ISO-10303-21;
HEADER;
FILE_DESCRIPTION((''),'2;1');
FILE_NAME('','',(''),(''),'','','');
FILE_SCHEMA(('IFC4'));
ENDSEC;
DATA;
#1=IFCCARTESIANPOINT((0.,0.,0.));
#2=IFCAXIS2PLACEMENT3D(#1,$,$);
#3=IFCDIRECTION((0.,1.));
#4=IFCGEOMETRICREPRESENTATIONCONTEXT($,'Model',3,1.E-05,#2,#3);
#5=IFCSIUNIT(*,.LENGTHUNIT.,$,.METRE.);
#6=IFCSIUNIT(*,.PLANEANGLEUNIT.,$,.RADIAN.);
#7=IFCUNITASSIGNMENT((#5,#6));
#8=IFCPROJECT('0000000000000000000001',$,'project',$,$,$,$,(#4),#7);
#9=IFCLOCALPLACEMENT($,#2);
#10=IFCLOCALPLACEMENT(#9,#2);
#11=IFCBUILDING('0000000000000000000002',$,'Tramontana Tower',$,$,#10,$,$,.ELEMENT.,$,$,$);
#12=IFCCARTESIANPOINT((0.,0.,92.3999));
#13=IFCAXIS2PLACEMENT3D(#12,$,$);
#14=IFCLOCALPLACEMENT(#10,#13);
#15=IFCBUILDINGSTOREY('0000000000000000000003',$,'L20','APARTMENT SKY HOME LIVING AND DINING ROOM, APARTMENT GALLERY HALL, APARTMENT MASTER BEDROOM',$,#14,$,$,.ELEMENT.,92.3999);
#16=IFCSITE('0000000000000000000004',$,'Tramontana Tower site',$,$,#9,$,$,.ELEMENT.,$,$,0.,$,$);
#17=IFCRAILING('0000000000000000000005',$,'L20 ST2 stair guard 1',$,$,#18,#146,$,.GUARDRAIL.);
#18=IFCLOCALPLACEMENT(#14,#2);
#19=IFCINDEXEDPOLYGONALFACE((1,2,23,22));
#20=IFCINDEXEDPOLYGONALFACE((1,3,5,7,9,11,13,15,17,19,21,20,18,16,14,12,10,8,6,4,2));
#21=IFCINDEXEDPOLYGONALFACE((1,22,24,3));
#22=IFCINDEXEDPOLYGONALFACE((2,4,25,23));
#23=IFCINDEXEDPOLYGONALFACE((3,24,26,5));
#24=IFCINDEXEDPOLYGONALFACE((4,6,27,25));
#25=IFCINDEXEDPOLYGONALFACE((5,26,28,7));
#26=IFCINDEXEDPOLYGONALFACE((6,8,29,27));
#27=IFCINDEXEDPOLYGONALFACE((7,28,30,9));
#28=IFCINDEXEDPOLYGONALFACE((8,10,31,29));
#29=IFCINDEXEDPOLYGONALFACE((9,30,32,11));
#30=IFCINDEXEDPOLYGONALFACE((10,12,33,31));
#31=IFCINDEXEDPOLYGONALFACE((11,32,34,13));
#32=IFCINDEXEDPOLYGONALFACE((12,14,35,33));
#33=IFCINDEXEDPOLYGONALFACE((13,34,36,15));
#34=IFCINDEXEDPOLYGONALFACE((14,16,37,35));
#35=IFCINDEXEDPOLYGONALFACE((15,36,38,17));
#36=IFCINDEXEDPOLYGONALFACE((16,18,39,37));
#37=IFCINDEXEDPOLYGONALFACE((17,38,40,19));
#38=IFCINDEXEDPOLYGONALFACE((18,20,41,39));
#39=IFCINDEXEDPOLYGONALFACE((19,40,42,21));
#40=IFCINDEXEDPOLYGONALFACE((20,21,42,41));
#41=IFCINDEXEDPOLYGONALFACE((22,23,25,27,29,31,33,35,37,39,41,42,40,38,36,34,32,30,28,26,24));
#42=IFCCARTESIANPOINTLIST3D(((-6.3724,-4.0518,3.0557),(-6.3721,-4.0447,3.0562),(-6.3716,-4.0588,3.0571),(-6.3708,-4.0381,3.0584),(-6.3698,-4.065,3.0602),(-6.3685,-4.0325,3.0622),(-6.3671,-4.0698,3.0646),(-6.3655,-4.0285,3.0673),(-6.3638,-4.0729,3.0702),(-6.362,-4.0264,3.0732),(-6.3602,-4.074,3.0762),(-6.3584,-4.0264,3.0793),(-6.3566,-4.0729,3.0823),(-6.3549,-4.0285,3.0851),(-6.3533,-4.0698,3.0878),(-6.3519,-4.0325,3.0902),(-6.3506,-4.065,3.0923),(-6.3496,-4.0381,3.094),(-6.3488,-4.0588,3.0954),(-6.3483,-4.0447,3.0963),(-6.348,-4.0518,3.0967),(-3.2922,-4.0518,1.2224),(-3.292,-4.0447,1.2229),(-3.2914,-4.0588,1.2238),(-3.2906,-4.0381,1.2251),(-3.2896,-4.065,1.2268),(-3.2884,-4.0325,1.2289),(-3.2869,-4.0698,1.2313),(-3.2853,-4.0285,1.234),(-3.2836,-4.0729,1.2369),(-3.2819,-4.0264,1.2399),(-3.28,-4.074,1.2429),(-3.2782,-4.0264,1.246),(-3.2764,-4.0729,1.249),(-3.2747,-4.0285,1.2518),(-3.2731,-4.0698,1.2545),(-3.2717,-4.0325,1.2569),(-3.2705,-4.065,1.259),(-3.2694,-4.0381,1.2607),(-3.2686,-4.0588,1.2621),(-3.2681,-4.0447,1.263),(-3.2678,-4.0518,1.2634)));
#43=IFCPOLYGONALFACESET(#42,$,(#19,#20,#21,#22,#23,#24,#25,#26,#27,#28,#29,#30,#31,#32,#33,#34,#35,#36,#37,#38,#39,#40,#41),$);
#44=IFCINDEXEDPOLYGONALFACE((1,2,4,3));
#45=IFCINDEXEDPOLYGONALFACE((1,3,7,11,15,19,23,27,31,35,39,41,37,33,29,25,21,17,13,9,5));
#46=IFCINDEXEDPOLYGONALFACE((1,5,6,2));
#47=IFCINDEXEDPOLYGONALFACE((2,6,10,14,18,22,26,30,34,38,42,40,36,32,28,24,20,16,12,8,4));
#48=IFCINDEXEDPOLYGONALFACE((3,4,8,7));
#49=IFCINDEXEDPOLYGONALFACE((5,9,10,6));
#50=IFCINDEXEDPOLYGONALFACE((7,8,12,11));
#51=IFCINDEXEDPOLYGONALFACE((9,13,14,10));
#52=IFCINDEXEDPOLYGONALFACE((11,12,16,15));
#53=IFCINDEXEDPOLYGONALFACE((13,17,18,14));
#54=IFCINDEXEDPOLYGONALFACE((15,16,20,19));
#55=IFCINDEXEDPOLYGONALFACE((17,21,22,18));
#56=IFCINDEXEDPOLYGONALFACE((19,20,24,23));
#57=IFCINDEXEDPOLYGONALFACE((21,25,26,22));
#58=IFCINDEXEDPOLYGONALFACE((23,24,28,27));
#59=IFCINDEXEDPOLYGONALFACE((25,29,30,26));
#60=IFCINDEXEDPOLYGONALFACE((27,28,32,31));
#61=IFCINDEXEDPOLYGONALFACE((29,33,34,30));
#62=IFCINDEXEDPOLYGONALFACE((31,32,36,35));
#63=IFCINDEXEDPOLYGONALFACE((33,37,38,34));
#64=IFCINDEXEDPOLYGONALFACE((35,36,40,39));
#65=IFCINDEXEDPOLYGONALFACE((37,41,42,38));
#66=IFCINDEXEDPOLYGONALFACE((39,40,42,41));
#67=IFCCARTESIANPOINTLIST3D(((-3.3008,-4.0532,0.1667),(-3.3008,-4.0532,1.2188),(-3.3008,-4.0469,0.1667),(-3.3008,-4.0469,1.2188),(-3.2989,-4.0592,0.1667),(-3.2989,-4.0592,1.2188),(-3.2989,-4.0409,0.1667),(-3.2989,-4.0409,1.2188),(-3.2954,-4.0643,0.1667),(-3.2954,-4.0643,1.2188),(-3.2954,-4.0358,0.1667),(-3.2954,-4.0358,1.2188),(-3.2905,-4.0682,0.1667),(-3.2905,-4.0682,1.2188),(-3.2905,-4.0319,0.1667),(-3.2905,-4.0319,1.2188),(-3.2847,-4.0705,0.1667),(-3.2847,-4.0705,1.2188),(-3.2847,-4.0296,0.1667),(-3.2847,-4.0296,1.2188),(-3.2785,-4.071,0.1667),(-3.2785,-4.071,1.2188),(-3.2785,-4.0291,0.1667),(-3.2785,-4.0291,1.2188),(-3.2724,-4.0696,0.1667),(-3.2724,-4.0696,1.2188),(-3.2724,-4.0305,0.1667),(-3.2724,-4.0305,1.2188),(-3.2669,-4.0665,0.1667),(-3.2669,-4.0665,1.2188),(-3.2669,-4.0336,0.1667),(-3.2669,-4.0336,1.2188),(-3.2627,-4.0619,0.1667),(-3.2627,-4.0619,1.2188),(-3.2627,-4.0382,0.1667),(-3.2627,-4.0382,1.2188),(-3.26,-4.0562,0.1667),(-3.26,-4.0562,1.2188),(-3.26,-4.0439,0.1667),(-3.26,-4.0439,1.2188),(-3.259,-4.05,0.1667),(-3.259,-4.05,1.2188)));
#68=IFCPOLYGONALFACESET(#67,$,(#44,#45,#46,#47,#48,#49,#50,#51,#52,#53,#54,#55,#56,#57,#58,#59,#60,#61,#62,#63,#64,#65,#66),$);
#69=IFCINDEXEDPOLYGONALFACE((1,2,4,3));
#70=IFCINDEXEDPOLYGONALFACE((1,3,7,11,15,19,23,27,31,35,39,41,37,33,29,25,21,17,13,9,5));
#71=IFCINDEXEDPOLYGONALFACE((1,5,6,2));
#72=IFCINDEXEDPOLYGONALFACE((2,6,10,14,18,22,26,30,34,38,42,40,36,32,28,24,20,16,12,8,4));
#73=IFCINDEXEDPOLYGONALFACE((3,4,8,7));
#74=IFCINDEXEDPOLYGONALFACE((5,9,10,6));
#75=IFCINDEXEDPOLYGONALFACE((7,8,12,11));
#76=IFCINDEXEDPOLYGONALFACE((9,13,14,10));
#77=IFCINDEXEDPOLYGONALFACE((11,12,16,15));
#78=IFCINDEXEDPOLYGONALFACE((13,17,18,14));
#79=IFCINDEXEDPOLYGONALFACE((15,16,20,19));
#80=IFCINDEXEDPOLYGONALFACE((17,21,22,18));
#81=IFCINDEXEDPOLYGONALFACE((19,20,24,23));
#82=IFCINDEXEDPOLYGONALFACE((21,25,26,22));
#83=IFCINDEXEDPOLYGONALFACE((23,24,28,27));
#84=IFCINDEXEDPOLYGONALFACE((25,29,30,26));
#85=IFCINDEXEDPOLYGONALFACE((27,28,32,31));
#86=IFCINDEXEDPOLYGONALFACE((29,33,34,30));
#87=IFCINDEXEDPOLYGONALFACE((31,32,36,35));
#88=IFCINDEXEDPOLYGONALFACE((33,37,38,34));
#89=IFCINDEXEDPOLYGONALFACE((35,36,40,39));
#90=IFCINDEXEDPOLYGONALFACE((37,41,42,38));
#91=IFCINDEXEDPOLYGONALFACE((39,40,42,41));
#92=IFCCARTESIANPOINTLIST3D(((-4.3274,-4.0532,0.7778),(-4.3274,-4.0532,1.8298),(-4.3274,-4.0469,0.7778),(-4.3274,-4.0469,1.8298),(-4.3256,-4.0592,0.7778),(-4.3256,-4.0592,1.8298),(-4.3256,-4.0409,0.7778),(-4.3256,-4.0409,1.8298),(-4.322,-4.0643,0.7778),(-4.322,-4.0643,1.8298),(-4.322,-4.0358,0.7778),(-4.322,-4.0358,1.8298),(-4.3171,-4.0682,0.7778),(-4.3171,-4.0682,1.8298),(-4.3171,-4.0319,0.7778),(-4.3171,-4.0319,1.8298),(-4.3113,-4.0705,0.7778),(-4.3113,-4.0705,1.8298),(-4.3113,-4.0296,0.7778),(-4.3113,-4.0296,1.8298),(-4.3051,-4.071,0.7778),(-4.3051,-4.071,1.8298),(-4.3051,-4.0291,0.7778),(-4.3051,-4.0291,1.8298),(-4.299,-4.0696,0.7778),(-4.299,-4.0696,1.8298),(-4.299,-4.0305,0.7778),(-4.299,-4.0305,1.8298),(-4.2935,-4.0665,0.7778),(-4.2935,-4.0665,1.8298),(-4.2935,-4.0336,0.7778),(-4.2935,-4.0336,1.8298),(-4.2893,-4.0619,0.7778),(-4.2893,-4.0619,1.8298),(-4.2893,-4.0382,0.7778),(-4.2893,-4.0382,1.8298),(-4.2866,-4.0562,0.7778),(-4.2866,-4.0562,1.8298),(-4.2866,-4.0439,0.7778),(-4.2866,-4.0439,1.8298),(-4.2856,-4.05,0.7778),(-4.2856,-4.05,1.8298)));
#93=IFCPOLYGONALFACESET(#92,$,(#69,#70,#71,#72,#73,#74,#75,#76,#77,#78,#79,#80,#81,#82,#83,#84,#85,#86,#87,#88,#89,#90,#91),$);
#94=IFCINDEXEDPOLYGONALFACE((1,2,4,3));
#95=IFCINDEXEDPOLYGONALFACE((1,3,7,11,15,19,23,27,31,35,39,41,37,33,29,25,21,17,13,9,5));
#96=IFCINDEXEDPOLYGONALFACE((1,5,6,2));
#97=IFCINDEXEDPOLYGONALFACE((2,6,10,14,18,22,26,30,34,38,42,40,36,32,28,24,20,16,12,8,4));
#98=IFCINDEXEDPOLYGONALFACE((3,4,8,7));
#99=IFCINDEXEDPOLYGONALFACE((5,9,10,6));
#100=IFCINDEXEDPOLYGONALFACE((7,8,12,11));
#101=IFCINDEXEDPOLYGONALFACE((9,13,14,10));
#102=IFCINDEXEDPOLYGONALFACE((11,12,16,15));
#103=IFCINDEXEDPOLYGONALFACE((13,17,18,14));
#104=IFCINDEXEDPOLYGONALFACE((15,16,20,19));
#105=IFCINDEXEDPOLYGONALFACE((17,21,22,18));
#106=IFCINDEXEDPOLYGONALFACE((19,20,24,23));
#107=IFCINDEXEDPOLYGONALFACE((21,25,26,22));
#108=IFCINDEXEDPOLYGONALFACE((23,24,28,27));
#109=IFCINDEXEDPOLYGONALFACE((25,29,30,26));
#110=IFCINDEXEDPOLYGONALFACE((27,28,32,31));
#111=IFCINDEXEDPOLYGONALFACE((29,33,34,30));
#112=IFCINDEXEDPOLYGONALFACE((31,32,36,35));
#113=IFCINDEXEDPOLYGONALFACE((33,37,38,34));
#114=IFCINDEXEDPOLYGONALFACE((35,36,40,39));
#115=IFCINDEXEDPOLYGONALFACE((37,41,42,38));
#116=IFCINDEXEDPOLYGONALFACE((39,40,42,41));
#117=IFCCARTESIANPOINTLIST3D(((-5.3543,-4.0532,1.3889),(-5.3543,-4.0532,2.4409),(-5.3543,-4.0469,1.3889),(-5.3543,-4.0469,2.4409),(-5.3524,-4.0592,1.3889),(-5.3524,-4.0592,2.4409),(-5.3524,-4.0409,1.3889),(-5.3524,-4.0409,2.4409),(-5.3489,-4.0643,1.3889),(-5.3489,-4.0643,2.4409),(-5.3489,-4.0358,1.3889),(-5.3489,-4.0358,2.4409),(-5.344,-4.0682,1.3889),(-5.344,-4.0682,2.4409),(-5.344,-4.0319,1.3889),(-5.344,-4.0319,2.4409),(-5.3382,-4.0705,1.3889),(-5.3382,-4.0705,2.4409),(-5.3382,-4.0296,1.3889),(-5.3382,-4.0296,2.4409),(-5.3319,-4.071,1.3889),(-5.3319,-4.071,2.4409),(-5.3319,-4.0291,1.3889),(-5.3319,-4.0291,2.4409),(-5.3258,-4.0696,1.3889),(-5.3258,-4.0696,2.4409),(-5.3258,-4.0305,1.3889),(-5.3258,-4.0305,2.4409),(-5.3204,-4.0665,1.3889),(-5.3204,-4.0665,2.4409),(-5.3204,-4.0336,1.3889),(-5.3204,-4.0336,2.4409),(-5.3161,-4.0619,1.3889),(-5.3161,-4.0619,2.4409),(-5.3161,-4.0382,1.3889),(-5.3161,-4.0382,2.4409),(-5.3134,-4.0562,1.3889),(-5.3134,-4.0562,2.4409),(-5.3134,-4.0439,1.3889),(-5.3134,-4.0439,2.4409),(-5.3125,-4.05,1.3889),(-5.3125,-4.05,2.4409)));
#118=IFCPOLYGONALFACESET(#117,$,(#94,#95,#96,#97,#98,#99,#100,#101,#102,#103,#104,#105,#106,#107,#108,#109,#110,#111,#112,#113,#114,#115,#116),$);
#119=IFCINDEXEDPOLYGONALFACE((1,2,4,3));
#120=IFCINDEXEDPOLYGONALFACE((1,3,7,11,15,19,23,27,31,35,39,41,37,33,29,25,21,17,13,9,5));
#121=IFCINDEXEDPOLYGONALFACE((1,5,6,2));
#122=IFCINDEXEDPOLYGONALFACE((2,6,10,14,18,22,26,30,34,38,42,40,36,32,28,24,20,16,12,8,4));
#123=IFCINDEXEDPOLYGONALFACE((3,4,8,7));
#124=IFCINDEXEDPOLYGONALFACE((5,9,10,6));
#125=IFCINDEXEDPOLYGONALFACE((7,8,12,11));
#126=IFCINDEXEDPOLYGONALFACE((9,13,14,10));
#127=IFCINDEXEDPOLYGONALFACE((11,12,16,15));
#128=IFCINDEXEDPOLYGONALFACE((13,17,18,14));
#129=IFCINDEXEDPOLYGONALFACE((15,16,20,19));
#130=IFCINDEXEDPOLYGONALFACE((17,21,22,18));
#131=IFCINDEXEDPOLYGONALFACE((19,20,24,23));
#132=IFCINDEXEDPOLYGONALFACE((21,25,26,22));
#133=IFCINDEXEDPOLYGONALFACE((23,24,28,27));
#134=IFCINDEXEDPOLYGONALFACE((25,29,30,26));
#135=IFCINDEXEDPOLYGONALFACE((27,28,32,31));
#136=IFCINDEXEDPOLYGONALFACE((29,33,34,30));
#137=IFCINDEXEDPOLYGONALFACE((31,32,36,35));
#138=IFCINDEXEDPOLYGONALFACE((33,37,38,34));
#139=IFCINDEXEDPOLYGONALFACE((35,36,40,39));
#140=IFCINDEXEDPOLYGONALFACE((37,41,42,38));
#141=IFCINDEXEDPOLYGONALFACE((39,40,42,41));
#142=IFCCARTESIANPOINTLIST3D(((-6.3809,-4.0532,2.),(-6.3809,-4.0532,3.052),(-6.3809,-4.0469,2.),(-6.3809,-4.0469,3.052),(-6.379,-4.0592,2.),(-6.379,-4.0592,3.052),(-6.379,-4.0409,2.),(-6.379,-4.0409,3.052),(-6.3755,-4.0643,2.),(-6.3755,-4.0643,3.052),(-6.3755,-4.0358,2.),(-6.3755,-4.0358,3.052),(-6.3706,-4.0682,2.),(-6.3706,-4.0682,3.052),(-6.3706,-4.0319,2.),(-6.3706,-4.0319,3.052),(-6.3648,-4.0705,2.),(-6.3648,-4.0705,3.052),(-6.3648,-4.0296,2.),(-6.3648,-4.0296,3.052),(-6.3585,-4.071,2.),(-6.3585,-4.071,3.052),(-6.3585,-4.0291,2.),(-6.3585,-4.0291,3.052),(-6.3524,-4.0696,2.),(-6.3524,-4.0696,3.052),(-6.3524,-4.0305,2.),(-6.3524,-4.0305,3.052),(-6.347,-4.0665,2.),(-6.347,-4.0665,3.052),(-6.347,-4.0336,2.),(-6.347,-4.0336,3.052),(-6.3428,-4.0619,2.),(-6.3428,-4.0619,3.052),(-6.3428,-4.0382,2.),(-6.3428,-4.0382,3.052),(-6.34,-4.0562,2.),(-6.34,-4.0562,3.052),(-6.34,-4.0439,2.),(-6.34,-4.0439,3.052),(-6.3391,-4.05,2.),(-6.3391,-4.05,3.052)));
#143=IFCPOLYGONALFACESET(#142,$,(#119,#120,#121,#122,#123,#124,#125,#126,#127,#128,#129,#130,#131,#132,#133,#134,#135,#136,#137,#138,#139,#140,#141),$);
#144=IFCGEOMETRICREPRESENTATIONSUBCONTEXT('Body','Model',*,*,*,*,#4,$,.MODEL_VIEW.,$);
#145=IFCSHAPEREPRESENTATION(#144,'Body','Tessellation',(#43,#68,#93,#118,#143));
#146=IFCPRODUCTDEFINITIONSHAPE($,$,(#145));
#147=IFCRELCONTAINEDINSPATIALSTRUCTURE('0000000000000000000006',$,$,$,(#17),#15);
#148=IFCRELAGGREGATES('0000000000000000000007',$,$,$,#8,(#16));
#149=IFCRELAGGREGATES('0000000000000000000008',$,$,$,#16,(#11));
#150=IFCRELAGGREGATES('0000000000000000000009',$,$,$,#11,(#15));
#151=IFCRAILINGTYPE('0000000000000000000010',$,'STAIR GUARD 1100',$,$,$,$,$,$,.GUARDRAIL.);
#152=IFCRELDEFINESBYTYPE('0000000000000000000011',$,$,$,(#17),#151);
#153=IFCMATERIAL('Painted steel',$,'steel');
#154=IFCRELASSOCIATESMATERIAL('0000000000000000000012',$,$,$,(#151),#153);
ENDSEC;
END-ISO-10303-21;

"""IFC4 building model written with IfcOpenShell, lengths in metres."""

from ifc_helpers import new_model, si_unit, direction, frame, origin, origin_2d, place, context, subcontext, project, spatial, circle, extrude, material, type_object, element, save


model = new_model("IFC4")

# Units and contexts
model_context = context("Model", 3, precision=1e-05, world=origin(), true_north=direction((0.0, 1.0)))
body_context = subcontext(model_context, "Body", "Model", "MODEL_VIEW")
ifc_project = project(units=[si_unit("LENGTHUNIT", "METRE"), si_unit("PLANEANGLEUNIT", "RADIAN")], contexts=[model_context])

# Site, building, storey
site_placement = place(None, origin())
site = spatial("IfcSite", under=ifc_project, at=site_placement, Name="Tramontana Tower site", CompositionType="ELEMENT", RefElevation=0.0)
building_placement = place(site_placement, origin())
building = spatial("IfcBuilding", under=site, at=building_placement, Name="Tramontana Tower", CompositionType="ELEMENT")
storey_placement = place(building_placement, frame((0.0, 0.0, 92.3999)))
storey = spatial("IfcBuildingStorey", under=building, at=storey_placement, Name="L20", Description="APARTMENT SKY HOME LIVING AND DINING ROOM, APARTMENT GALLERY HALL, APARTMENT MASTER BEDROOM", CompositionType="ELEMENT", Elevation=92.3999)

# Railing
ifc_material_1 = material(Name="Painted steel", Category="steel")
railing_type_1 = type_object("IfcRailingType", Name="STAIR GUARD 1100", PredefinedType="GUARDRAIL", material=ifc_material_1)
railing_1_placement = place(storey_placement, frame((-3.28, -4.05, 0.1667)))
element("IfcRailing", 1, at=railing_1_placement, inside=storey, type_object=railing_type_1, Name="L20 ST2 stair guard 1", PredefinedType="GUARDRAIL", context=body_context, shape_type="SweptSolid", body=[
    extrude(circle(Radius=0.0239, at=origin_2d()), frame((0.0, 0.0, 1.0762), z_axis=(-0.859309, 0.0, 0.511458), x_axis=(0.0, -1.0, 0.0)), (0.0, 0.0, 1.0), 3.5845),
    extrude(circle(Radius=0.021, at=origin_2d()), origin(), (0.0, 0.0, 1.0), 1.052),
    extrude(circle(Radius=0.021, at=origin_2d()), frame((-1.0266, 0.0, 0.6111)), (0.0, 0.0, 1.0), 1.052),
    extrude(circle(Radius=0.021, at=origin_2d()), frame((-2.0535, 0.0, 1.2222)), (0.0, 0.0, 1.0), 1.052),
    extrude(circle(Radius=0.021, at=origin_2d()), frame((-3.0801, 0.0, 1.8333)), (0.0, 0.0, 1.0), 1.052),
])

save(model, "model.ifc")
